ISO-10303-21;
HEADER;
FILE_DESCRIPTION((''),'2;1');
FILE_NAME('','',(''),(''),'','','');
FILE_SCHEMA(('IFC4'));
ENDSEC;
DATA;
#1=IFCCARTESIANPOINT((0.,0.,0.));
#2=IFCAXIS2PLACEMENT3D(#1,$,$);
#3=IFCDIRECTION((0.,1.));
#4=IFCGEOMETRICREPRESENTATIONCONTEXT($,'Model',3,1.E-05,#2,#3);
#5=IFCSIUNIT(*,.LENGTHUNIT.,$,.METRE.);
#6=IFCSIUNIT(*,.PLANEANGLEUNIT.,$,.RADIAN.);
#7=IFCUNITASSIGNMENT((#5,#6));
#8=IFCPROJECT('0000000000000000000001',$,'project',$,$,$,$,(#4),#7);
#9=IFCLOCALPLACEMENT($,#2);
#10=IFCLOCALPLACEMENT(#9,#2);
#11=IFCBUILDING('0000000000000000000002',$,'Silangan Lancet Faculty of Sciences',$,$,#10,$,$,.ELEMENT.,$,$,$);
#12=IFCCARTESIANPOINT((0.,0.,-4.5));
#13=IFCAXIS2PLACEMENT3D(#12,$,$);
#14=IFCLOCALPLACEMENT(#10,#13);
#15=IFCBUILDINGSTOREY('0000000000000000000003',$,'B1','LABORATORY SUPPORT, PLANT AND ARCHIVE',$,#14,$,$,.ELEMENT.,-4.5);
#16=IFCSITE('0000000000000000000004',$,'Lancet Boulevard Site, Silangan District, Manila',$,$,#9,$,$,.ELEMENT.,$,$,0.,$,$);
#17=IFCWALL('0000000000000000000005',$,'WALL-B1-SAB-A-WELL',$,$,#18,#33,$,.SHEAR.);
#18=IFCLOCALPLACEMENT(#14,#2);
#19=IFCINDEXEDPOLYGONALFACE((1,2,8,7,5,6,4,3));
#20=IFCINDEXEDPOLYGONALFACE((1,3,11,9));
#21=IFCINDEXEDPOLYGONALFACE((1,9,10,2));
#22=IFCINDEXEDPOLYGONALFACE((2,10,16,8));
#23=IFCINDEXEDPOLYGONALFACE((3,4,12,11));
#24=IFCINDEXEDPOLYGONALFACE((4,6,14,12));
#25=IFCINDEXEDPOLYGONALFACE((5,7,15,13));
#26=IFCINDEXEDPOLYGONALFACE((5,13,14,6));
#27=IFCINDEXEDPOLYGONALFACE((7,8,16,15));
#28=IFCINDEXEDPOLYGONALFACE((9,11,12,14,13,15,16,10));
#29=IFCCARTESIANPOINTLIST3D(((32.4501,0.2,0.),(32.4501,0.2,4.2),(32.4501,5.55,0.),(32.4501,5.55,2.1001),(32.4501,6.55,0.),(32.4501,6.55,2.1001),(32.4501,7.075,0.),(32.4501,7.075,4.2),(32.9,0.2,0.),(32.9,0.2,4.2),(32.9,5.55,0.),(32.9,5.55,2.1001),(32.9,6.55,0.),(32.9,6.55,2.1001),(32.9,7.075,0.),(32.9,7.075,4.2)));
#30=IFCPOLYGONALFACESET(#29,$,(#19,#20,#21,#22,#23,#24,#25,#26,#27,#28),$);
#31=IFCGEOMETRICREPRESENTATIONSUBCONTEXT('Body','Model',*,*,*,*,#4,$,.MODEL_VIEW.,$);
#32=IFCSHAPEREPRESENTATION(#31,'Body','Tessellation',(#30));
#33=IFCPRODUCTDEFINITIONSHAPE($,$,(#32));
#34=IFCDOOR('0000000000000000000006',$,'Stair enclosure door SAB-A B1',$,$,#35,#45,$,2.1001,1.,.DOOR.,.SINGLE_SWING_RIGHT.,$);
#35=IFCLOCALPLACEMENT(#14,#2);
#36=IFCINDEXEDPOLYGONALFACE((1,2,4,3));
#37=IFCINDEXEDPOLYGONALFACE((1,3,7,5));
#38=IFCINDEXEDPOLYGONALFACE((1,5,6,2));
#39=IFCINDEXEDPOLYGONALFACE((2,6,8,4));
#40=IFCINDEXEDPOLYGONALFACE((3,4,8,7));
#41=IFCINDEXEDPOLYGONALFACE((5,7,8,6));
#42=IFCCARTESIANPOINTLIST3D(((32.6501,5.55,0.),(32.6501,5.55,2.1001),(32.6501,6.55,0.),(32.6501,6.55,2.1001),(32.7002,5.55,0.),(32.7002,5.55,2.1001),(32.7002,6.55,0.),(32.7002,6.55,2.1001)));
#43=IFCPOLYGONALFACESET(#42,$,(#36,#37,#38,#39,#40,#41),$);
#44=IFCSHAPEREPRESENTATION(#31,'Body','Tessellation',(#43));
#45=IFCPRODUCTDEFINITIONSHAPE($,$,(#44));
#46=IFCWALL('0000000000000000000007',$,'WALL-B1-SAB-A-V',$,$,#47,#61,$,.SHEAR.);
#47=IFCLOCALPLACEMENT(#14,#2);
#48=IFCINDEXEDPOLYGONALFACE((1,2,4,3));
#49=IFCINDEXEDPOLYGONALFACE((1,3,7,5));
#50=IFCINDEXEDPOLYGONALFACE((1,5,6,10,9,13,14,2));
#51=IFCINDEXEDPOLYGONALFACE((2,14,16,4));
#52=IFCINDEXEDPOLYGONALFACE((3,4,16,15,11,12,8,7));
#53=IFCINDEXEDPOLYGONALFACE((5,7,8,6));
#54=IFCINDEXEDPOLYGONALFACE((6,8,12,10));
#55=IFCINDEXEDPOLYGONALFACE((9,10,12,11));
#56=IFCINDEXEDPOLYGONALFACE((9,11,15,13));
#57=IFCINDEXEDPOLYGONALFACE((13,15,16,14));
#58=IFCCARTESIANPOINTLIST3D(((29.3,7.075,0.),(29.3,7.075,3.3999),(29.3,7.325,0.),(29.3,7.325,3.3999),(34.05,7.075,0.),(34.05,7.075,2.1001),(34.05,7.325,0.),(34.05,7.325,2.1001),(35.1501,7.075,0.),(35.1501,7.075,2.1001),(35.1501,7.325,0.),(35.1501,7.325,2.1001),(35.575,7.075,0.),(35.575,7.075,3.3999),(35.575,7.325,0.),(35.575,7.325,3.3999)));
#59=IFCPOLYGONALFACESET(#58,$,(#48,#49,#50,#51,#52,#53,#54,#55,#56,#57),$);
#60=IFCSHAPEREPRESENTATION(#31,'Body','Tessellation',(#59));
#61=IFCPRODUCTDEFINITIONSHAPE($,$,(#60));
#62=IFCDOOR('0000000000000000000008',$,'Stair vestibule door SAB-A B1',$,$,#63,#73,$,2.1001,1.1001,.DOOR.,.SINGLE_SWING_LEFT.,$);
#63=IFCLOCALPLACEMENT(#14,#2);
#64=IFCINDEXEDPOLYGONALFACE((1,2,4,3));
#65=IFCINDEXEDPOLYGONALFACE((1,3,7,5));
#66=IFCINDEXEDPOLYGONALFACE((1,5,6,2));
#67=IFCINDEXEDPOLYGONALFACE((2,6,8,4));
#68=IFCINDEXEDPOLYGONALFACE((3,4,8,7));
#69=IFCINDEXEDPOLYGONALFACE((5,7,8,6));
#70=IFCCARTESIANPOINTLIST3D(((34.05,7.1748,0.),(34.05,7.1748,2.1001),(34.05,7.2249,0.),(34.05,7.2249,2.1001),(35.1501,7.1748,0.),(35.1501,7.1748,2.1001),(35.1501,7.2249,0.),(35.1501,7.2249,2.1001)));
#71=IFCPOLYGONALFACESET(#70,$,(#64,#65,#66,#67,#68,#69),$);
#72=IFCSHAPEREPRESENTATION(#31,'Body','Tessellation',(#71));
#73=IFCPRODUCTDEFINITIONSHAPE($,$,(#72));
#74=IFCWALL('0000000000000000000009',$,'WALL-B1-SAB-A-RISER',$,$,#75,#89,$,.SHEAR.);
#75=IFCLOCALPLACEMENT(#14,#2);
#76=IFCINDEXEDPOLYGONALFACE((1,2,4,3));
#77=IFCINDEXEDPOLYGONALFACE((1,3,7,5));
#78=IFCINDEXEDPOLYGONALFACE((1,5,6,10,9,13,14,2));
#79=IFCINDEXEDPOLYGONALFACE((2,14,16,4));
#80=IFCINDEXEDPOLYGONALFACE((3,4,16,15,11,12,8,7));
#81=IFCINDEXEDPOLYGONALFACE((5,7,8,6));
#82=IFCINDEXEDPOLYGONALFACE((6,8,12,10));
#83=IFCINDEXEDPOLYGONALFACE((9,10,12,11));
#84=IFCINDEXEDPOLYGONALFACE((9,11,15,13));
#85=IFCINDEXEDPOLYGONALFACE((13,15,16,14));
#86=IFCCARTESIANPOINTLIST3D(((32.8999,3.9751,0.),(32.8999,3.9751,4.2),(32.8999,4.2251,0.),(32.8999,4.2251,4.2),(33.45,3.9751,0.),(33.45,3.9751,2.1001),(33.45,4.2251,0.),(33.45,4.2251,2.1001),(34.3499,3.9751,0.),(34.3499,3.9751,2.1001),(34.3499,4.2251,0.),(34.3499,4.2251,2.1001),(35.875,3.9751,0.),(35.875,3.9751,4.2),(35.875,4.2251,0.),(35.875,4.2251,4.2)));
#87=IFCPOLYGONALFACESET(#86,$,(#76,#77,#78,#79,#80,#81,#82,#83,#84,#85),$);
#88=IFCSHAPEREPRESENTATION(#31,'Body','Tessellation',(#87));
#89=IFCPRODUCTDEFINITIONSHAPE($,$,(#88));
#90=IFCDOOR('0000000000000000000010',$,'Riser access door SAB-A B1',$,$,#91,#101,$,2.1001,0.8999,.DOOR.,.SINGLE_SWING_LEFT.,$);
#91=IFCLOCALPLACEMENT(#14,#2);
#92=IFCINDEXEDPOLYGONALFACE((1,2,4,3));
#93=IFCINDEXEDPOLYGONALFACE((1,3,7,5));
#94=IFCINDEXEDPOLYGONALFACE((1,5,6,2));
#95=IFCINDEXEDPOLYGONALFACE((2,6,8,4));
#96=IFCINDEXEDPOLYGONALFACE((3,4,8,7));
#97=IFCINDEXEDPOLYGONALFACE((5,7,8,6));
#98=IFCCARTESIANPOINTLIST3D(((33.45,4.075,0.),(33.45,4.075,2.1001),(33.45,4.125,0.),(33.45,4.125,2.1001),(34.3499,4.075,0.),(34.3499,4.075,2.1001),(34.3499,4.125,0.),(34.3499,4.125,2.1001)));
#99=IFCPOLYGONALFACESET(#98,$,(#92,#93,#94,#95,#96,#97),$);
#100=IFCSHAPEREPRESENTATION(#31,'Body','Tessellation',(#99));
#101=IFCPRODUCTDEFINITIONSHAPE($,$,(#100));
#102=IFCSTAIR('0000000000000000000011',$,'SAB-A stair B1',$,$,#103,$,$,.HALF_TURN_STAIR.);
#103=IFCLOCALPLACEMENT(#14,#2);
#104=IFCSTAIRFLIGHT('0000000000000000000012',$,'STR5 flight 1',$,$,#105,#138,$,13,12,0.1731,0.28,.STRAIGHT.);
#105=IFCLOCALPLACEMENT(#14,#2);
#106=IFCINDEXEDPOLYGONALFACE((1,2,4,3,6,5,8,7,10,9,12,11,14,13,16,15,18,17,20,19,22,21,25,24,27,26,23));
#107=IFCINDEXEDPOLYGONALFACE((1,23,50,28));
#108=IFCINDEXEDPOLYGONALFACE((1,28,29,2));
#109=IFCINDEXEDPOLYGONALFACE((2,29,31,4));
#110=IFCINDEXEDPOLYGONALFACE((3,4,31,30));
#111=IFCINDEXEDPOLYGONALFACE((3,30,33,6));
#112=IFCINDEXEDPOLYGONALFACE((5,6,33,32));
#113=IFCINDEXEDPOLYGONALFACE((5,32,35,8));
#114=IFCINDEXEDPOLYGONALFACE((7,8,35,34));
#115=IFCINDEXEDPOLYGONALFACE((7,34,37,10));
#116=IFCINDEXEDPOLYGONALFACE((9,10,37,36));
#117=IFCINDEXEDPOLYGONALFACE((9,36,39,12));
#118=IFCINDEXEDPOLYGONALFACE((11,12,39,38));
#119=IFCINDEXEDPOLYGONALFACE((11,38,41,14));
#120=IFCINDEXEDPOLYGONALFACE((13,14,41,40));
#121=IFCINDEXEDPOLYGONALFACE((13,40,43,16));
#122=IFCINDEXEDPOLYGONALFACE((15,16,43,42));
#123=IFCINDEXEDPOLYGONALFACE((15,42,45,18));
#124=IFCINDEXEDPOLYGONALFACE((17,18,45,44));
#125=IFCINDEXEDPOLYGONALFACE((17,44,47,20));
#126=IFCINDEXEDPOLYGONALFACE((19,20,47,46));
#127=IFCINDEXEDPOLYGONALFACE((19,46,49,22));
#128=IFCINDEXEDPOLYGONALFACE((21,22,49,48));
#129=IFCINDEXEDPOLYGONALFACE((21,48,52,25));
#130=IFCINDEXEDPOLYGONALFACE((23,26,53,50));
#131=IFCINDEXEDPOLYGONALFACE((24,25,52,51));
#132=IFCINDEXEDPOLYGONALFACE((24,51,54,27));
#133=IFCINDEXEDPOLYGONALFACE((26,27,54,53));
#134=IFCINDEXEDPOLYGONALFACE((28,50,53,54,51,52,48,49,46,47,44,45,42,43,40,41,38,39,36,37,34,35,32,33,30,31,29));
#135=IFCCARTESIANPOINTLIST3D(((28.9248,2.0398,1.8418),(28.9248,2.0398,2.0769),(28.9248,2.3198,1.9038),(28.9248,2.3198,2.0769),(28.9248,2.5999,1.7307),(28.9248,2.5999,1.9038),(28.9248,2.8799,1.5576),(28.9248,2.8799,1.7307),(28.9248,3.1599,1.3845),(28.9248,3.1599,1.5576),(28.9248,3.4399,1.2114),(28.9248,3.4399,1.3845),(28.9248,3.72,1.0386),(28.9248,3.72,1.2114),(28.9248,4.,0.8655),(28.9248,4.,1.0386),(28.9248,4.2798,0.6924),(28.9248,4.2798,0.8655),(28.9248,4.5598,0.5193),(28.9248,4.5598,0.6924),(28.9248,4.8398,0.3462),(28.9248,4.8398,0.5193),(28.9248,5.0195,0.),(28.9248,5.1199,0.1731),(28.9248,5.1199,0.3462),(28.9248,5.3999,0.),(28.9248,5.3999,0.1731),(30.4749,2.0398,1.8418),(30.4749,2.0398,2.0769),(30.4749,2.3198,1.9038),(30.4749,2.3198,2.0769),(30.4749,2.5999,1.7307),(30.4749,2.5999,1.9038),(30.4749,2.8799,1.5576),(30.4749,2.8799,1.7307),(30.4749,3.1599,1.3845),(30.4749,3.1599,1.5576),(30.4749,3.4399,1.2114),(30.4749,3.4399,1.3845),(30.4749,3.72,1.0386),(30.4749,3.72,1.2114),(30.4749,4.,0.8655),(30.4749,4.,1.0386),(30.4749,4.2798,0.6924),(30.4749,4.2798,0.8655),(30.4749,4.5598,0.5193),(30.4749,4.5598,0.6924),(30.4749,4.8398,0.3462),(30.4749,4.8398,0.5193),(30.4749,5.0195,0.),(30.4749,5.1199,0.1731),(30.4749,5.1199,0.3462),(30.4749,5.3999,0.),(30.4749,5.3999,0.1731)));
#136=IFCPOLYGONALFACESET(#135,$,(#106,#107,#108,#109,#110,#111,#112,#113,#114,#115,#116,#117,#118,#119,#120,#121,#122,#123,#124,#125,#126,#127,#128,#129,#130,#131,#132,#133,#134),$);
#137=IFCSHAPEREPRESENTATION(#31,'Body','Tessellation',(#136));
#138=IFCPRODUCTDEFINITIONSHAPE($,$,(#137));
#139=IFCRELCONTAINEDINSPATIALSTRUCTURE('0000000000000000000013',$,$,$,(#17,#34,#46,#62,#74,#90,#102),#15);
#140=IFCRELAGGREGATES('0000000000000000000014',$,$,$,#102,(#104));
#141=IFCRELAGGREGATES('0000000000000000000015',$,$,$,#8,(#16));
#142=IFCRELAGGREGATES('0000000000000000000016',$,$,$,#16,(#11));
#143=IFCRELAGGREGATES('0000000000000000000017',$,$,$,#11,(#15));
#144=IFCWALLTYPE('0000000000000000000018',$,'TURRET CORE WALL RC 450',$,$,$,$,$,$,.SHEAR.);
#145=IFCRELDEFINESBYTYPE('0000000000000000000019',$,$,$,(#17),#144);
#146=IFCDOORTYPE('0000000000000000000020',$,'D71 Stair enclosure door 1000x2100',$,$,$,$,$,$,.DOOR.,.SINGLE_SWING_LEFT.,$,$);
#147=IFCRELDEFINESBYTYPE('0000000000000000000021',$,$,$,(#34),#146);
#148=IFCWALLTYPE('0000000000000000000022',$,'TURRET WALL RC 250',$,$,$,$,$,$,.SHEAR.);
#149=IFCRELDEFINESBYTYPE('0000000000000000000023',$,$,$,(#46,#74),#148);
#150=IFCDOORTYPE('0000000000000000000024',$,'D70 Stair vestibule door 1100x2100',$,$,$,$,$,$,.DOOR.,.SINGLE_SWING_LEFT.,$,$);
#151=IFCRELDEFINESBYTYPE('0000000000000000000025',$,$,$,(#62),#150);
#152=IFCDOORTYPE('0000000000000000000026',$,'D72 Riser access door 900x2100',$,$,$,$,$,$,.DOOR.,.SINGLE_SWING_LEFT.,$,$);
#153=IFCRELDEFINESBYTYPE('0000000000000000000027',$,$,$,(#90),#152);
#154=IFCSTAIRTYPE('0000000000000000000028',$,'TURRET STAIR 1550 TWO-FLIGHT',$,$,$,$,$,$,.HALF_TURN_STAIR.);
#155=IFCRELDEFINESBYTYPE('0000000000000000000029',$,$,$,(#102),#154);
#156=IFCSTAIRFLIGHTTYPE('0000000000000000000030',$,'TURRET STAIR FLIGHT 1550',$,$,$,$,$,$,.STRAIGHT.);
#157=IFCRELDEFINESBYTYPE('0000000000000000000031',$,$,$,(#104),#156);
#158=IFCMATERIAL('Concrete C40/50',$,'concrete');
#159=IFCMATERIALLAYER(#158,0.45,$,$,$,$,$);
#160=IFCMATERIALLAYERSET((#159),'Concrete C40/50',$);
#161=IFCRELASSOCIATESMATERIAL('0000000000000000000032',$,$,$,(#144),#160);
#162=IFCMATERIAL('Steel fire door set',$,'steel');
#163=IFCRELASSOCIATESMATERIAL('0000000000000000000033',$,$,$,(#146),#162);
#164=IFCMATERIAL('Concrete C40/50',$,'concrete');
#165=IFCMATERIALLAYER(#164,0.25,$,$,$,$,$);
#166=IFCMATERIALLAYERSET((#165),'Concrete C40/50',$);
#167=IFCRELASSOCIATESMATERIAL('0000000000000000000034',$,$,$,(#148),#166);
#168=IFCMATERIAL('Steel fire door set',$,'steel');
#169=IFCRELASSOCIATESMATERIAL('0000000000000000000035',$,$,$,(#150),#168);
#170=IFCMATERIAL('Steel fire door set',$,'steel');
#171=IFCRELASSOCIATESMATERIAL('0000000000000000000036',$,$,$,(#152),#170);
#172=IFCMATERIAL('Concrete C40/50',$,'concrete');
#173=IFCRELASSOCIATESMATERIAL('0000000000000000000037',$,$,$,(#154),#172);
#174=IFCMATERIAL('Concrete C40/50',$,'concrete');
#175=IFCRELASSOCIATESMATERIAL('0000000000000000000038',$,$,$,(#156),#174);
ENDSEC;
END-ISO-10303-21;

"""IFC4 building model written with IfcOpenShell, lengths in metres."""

from ifc_helpers import new_model, si_unit, direction, frame, frame_2d, origin, place, context, subcontext, project, spatial, polyline, rectangle, outline, extrude, material, layer, layer_set, type_object, element, fill, aggregate, save


model = new_model("IFC4")

# Units and contexts
model_context = context("Model", 3, precision=1e-05, world=origin(), true_north=direction((0.0, 1.0)))
body_context = subcontext(model_context, "Body", "Model", "MODEL_VIEW")
ifc_project = project(units=[si_unit("LENGTHUNIT", "METRE"), si_unit("PLANEANGLEUNIT", "RADIAN")], contexts=[model_context])

# Site, building, storey
site_placement = place(None, origin())
site = spatial("IfcSite", under=ifc_project, at=site_placement, Name="Lancet Boulevard Site, Silangan District, Manila", CompositionType="ELEMENT", RefElevation=0.0)
building_placement = place(site_placement, origin())
building = spatial("IfcBuilding", under=site, at=building_placement, Name="Silangan Lancet Faculty of Sciences", CompositionType="ELEMENT")
storey_placement = place(building_placement, frame((0.0, 0.0, -4.5)))
storey = spatial("IfcBuildingStorey", under=building, at=storey_placement, Name="B1", Description="LABORATORY SUPPORT, PLANT AND ARCHIVE", CompositionType="ELEMENT", Elevation=-4.5)

# Walls, openings, doors
ifc_material_1 = material(Name="Concrete C40/50", Category="concrete")
ifc_layer_1 = layer(ifc_material_1, 0.45)
ifc_layer_set_1 = layer_set([ifc_layer_1], Name="Concrete C40/50")
wall_type_1 = type_object("IfcWallType", Name="TURRET CORE WALL RC 450", PredefinedType="SHEAR", material=ifc_layer_set_1)
wall_1_placement = place(storey_placement, frame((32.675, 0.2, 0.0), z_axis=(0.0, 0.0, 1.0), x_axis=(0.0, 1.0, 0.0)))
wall_1 = element("IfcWall", 1, at=wall_1_placement, inside=storey, type_object=wall_type_1, Name="WALL-B1-SAB-A-WELL", PredefinedType="SHEAR", context=body_context, shape_type="SweptSolid", body=[
    extrude(rectangle(XDim=6.875, YDim=0.45, at=frame_2d((3.4375, 0.0))), origin(), (0.0, 0.0, 1.0), 4.2),
])
opening_1_placement = place(wall_1_placement, frame((5.3501, 0.0, 0.0)))
opening_1 = element("IfcOpeningElement", 2, at=opening_1_placement, cuts=wall_1, PredefinedType="OPENING", context=body_context, shape_type="SweptSolid", body=[
    extrude(rectangle(XDim=1.0, YDim=2.1001, at=frame_2d((0.5, 1.05))), frame((0.0, 0.2349, 0.0), z_axis=(0.0, -1.0, 0.0), x_axis=(1.0, 0.0, 0.0)), (0.0, 0.0, 1.0), 0.47),
])
ifc_material_2 = material(Name="Steel fire door set", Category="steel")
door_type_1 = type_object("IfcDoorType", Name="D71 Stair enclosure door 1000x2100", OperationType="SINGLE_SWING_LEFT", PredefinedType="DOOR", material=ifc_material_2)
door_1_placement = place(opening_1_placement, origin())
door_1 = element("IfcDoor", 3, at=door_1_placement, inside=storey, type_object=door_type_1, Name="Stair enclosure door SAB-A B1", OperationType="SINGLE_SWING_RIGHT", OverallHeight=2.1001, OverallWidth=1.0, PredefinedType="DOOR", context=body_context, shape_type="SweptSolid", body=[
    extrude(rectangle(XDim=1.0, YDim=2.1001, at=frame_2d((0.5, 1.05))), frame((0.0, 0.0249, 0.0), z_axis=(0.0, -1.0, 0.0), x_axis=(1.0, 0.0, 0.0)), (0.0, 0.0, 1.0), 0.05),
])
fill(opening_1, door_1)
ifc_material_3 = material(Name="Concrete C40/50", Category="concrete")
ifc_layer_2 = layer(ifc_material_3, 0.25)
ifc_layer_set_2 = layer_set([ifc_layer_2], Name="Concrete C40/50")
wall_type_2 = type_object("IfcWallType", Name="TURRET WALL RC 250", PredefinedType="SHEAR", material=ifc_layer_set_2)
wall_2_placement = place(storey_placement, frame((29.3, 7.2, 0.0), z_axis=(0.0, 0.0, 1.0), x_axis=(1.0, 0.0, 0.0)))
wall_2 = element("IfcWall", 4, at=wall_2_placement, inside=storey, type_object=wall_type_2, Name="WALL-B1-SAB-A-V", PredefinedType="SHEAR", context=body_context, shape_type="SweptSolid", body=[
    extrude(rectangle(XDim=6.2749, YDim=0.25, at=frame_2d((3.1375, 0.0))), origin(), (0.0, 0.0, 1.0), 3.3999),
])
opening_2_placement = place(wall_2_placement, frame((4.75, 0.0, 0.0)))
opening_2 = element("IfcOpeningElement", 5, at=opening_2_placement, cuts=wall_2, PredefinedType="OPENING", context=body_context, shape_type="SweptSolid", body=[
    extrude(rectangle(XDim=1.1001, YDim=2.1001, at=frame_2d((0.55, 1.05))), frame((0.0, 0.135, 0.0), z_axis=(0.0, -1.0, 0.0), x_axis=(1.0, 0.0, 0.0)), (0.0, 0.0, 1.0), 0.27),
])
ifc_material_4 = material(Name="Steel fire door set", Category="steel")
door_type_2 = type_object("IfcDoorType", Name="D70 Stair vestibule door 1100x2100", OperationType="SINGLE_SWING_LEFT", PredefinedType="DOOR", material=ifc_material_4)
door_2_placement = place(opening_2_placement, frame((1.1001, 0.0, 0.0), z_axis=(0.0, 0.0, 1.0), x_axis=(-1.0, 0.0, 0.0)))
door_2 = element("IfcDoor", 6, at=door_2_placement, inside=storey, type_object=door_type_2, Name="Stair vestibule door SAB-A B1", OperationType="SINGLE_SWING_LEFT", OverallHeight=2.1001, OverallWidth=1.1001, PredefinedType="DOOR", context=body_context, shape_type="SweptSolid", body=[
    extrude(rectangle(XDim=1.1001, YDim=2.1001, at=frame_2d((0.55, 1.05))), frame((0.0, 0.0251, 0.0), z_axis=(0.0, -1.0, 0.0), x_axis=(1.0, 0.0, 0.0)), (0.0, 0.0, 1.0), 0.05),
])
fill(opening_2, door_2)
wall_3_placement = place(storey_placement, frame((32.8999, 4.1001, 0.0), z_axis=(0.0, 0.0, 1.0), x_axis=(1.0, 0.0, 0.0)))
wall_3 = element("IfcWall", 7, at=wall_3_placement, inside=storey, type_object=wall_type_2, Name="WALL-B1-SAB-A-RISER", PredefinedType="SHEAR", context=body_context, shape_type="SweptSolid", body=[
    extrude(rectangle(XDim=2.9751, YDim=0.25, at=frame_2d((1.4875, 0.0))), origin(), (0.0, 0.0, 1.0), 4.2),
])
opening_3_placement = place(wall_3_placement, frame((0.55, 0.0, 0.0)))
opening_3 = element("IfcOpeningElement", 8, at=opening_3_placement, cuts=wall_3, PredefinedType="OPENING", context=body_context, shape_type="SweptSolid", body=[
    extrude(rectangle(XDim=0.8999, YDim=2.1001, at=frame_2d((0.45, 1.05))), frame((0.0, 0.135, 0.0), z_axis=(0.0, -1.0, 0.0), x_axis=(1.0, 0.0, 0.0)), (0.0, 0.0, 1.0), 0.27),
])
ifc_material_5 = material(Name="Steel fire door set", Category="steel")
door_type_3 = type_object("IfcDoorType", Name="D72 Riser access door 900x2100", OperationType="SINGLE_SWING_LEFT", PredefinedType="DOOR", material=ifc_material_5)
door_3_placement = place(opening_3_placement, frame((0.8999, 0.0, 0.0), z_axis=(0.0, 0.0, 1.0), x_axis=(-1.0, 0.0, 0.0)))
door_3 = element("IfcDoor", 9, at=door_3_placement, inside=storey, type_object=door_type_3, Name="Riser access door SAB-A B1", OperationType="SINGLE_SWING_LEFT", OverallHeight=2.1001, OverallWidth=0.8999, PredefinedType="DOOR", context=body_context, shape_type="SweptSolid", body=[
    extrude(rectangle(XDim=0.8999, YDim=2.1001, at=frame_2d((0.45, 1.05))), frame((0.0, 0.0251, 0.0), z_axis=(0.0, -1.0, 0.0), x_axis=(1.0, 0.0, 0.0)), (0.0, 0.0, 1.0), 0.05),
])
fill(opening_3, door_3)

# Stair, stair flight
ifc_material_6 = material(Name="Concrete C40/50", Category="concrete")
stair_type = type_object("IfcStairType", Name="TURRET STAIR 1550 TWO-FLIGHT", PredefinedType="HALF_TURN_STAIR", material=ifc_material_6)
stair_placement = place(storey_placement, origin())
stair = element("IfcStair", 10, at=stair_placement, inside=storey, type_object=stair_type, Name="SAB-A stair B1", PredefinedType="HALF_TURN_STAIR")
ifc_material_7 = material(Name="Concrete C40/50", Category="concrete")
stair_flight_type = type_object("IfcStairFlightType", Name="TURRET STAIR FLIGHT 1550", PredefinedType="STRAIGHT", material=ifc_material_7)
stair_flight_1_placement = place(storey_placement, frame((29.7, 5.3999, 0.0), z_axis=(0.0, 0.0, 1.0), x_axis=(0.0, -1.0, 0.0)))
stair_flight_1 = element("IfcStairFlight", 11, at=stair_flight_1_placement, type_object=stair_flight_type, Name="STR5 flight 1", NumberOfRisers=13, NumberOfTreads=12, PredefinedType="STRAIGHT", RiserHeight=0.1731, TreadLength=0.28, context=body_context, shape_type="SweptSolid", body=[
    extrude(outline(polyline([(0.0, 0.0), (0.0, 0.1731), (0.28, 0.1731), (0.28, 0.3462), (0.5601, 0.3462), (0.5601, 0.5193), (0.8401, 0.5193), (0.8401, 0.6924), (1.1201, 0.6924), (1.1201, 0.8655), (1.3999, 0.8655), (1.3999, 1.0386), (1.6799, 1.0386), (1.6799, 1.2114), (1.96, 1.2114), (1.96, 1.3845), (2.24, 1.3845), (2.24, 1.5576), (2.52, 1.5576), (2.52, 1.7307), (2.8, 1.7307), (2.8, 1.9038), (3.0801, 1.9038), (3.0801, 2.0769), (3.3601, 2.0769), (3.3601, 2.25), (3.3601, 1.8418), (0.3804, 0.0), (0.0, 0.0)])), frame((0.0, 0.7749, 0.0), z_axis=(0.0, -1.0, 0.0), x_axis=(1.0, 0.0, 0.0)), (0.0, 0.0, 1.0), 1.55),
])
aggregate(stair, [stair_flight_1])

save(model, "model.ifc")
